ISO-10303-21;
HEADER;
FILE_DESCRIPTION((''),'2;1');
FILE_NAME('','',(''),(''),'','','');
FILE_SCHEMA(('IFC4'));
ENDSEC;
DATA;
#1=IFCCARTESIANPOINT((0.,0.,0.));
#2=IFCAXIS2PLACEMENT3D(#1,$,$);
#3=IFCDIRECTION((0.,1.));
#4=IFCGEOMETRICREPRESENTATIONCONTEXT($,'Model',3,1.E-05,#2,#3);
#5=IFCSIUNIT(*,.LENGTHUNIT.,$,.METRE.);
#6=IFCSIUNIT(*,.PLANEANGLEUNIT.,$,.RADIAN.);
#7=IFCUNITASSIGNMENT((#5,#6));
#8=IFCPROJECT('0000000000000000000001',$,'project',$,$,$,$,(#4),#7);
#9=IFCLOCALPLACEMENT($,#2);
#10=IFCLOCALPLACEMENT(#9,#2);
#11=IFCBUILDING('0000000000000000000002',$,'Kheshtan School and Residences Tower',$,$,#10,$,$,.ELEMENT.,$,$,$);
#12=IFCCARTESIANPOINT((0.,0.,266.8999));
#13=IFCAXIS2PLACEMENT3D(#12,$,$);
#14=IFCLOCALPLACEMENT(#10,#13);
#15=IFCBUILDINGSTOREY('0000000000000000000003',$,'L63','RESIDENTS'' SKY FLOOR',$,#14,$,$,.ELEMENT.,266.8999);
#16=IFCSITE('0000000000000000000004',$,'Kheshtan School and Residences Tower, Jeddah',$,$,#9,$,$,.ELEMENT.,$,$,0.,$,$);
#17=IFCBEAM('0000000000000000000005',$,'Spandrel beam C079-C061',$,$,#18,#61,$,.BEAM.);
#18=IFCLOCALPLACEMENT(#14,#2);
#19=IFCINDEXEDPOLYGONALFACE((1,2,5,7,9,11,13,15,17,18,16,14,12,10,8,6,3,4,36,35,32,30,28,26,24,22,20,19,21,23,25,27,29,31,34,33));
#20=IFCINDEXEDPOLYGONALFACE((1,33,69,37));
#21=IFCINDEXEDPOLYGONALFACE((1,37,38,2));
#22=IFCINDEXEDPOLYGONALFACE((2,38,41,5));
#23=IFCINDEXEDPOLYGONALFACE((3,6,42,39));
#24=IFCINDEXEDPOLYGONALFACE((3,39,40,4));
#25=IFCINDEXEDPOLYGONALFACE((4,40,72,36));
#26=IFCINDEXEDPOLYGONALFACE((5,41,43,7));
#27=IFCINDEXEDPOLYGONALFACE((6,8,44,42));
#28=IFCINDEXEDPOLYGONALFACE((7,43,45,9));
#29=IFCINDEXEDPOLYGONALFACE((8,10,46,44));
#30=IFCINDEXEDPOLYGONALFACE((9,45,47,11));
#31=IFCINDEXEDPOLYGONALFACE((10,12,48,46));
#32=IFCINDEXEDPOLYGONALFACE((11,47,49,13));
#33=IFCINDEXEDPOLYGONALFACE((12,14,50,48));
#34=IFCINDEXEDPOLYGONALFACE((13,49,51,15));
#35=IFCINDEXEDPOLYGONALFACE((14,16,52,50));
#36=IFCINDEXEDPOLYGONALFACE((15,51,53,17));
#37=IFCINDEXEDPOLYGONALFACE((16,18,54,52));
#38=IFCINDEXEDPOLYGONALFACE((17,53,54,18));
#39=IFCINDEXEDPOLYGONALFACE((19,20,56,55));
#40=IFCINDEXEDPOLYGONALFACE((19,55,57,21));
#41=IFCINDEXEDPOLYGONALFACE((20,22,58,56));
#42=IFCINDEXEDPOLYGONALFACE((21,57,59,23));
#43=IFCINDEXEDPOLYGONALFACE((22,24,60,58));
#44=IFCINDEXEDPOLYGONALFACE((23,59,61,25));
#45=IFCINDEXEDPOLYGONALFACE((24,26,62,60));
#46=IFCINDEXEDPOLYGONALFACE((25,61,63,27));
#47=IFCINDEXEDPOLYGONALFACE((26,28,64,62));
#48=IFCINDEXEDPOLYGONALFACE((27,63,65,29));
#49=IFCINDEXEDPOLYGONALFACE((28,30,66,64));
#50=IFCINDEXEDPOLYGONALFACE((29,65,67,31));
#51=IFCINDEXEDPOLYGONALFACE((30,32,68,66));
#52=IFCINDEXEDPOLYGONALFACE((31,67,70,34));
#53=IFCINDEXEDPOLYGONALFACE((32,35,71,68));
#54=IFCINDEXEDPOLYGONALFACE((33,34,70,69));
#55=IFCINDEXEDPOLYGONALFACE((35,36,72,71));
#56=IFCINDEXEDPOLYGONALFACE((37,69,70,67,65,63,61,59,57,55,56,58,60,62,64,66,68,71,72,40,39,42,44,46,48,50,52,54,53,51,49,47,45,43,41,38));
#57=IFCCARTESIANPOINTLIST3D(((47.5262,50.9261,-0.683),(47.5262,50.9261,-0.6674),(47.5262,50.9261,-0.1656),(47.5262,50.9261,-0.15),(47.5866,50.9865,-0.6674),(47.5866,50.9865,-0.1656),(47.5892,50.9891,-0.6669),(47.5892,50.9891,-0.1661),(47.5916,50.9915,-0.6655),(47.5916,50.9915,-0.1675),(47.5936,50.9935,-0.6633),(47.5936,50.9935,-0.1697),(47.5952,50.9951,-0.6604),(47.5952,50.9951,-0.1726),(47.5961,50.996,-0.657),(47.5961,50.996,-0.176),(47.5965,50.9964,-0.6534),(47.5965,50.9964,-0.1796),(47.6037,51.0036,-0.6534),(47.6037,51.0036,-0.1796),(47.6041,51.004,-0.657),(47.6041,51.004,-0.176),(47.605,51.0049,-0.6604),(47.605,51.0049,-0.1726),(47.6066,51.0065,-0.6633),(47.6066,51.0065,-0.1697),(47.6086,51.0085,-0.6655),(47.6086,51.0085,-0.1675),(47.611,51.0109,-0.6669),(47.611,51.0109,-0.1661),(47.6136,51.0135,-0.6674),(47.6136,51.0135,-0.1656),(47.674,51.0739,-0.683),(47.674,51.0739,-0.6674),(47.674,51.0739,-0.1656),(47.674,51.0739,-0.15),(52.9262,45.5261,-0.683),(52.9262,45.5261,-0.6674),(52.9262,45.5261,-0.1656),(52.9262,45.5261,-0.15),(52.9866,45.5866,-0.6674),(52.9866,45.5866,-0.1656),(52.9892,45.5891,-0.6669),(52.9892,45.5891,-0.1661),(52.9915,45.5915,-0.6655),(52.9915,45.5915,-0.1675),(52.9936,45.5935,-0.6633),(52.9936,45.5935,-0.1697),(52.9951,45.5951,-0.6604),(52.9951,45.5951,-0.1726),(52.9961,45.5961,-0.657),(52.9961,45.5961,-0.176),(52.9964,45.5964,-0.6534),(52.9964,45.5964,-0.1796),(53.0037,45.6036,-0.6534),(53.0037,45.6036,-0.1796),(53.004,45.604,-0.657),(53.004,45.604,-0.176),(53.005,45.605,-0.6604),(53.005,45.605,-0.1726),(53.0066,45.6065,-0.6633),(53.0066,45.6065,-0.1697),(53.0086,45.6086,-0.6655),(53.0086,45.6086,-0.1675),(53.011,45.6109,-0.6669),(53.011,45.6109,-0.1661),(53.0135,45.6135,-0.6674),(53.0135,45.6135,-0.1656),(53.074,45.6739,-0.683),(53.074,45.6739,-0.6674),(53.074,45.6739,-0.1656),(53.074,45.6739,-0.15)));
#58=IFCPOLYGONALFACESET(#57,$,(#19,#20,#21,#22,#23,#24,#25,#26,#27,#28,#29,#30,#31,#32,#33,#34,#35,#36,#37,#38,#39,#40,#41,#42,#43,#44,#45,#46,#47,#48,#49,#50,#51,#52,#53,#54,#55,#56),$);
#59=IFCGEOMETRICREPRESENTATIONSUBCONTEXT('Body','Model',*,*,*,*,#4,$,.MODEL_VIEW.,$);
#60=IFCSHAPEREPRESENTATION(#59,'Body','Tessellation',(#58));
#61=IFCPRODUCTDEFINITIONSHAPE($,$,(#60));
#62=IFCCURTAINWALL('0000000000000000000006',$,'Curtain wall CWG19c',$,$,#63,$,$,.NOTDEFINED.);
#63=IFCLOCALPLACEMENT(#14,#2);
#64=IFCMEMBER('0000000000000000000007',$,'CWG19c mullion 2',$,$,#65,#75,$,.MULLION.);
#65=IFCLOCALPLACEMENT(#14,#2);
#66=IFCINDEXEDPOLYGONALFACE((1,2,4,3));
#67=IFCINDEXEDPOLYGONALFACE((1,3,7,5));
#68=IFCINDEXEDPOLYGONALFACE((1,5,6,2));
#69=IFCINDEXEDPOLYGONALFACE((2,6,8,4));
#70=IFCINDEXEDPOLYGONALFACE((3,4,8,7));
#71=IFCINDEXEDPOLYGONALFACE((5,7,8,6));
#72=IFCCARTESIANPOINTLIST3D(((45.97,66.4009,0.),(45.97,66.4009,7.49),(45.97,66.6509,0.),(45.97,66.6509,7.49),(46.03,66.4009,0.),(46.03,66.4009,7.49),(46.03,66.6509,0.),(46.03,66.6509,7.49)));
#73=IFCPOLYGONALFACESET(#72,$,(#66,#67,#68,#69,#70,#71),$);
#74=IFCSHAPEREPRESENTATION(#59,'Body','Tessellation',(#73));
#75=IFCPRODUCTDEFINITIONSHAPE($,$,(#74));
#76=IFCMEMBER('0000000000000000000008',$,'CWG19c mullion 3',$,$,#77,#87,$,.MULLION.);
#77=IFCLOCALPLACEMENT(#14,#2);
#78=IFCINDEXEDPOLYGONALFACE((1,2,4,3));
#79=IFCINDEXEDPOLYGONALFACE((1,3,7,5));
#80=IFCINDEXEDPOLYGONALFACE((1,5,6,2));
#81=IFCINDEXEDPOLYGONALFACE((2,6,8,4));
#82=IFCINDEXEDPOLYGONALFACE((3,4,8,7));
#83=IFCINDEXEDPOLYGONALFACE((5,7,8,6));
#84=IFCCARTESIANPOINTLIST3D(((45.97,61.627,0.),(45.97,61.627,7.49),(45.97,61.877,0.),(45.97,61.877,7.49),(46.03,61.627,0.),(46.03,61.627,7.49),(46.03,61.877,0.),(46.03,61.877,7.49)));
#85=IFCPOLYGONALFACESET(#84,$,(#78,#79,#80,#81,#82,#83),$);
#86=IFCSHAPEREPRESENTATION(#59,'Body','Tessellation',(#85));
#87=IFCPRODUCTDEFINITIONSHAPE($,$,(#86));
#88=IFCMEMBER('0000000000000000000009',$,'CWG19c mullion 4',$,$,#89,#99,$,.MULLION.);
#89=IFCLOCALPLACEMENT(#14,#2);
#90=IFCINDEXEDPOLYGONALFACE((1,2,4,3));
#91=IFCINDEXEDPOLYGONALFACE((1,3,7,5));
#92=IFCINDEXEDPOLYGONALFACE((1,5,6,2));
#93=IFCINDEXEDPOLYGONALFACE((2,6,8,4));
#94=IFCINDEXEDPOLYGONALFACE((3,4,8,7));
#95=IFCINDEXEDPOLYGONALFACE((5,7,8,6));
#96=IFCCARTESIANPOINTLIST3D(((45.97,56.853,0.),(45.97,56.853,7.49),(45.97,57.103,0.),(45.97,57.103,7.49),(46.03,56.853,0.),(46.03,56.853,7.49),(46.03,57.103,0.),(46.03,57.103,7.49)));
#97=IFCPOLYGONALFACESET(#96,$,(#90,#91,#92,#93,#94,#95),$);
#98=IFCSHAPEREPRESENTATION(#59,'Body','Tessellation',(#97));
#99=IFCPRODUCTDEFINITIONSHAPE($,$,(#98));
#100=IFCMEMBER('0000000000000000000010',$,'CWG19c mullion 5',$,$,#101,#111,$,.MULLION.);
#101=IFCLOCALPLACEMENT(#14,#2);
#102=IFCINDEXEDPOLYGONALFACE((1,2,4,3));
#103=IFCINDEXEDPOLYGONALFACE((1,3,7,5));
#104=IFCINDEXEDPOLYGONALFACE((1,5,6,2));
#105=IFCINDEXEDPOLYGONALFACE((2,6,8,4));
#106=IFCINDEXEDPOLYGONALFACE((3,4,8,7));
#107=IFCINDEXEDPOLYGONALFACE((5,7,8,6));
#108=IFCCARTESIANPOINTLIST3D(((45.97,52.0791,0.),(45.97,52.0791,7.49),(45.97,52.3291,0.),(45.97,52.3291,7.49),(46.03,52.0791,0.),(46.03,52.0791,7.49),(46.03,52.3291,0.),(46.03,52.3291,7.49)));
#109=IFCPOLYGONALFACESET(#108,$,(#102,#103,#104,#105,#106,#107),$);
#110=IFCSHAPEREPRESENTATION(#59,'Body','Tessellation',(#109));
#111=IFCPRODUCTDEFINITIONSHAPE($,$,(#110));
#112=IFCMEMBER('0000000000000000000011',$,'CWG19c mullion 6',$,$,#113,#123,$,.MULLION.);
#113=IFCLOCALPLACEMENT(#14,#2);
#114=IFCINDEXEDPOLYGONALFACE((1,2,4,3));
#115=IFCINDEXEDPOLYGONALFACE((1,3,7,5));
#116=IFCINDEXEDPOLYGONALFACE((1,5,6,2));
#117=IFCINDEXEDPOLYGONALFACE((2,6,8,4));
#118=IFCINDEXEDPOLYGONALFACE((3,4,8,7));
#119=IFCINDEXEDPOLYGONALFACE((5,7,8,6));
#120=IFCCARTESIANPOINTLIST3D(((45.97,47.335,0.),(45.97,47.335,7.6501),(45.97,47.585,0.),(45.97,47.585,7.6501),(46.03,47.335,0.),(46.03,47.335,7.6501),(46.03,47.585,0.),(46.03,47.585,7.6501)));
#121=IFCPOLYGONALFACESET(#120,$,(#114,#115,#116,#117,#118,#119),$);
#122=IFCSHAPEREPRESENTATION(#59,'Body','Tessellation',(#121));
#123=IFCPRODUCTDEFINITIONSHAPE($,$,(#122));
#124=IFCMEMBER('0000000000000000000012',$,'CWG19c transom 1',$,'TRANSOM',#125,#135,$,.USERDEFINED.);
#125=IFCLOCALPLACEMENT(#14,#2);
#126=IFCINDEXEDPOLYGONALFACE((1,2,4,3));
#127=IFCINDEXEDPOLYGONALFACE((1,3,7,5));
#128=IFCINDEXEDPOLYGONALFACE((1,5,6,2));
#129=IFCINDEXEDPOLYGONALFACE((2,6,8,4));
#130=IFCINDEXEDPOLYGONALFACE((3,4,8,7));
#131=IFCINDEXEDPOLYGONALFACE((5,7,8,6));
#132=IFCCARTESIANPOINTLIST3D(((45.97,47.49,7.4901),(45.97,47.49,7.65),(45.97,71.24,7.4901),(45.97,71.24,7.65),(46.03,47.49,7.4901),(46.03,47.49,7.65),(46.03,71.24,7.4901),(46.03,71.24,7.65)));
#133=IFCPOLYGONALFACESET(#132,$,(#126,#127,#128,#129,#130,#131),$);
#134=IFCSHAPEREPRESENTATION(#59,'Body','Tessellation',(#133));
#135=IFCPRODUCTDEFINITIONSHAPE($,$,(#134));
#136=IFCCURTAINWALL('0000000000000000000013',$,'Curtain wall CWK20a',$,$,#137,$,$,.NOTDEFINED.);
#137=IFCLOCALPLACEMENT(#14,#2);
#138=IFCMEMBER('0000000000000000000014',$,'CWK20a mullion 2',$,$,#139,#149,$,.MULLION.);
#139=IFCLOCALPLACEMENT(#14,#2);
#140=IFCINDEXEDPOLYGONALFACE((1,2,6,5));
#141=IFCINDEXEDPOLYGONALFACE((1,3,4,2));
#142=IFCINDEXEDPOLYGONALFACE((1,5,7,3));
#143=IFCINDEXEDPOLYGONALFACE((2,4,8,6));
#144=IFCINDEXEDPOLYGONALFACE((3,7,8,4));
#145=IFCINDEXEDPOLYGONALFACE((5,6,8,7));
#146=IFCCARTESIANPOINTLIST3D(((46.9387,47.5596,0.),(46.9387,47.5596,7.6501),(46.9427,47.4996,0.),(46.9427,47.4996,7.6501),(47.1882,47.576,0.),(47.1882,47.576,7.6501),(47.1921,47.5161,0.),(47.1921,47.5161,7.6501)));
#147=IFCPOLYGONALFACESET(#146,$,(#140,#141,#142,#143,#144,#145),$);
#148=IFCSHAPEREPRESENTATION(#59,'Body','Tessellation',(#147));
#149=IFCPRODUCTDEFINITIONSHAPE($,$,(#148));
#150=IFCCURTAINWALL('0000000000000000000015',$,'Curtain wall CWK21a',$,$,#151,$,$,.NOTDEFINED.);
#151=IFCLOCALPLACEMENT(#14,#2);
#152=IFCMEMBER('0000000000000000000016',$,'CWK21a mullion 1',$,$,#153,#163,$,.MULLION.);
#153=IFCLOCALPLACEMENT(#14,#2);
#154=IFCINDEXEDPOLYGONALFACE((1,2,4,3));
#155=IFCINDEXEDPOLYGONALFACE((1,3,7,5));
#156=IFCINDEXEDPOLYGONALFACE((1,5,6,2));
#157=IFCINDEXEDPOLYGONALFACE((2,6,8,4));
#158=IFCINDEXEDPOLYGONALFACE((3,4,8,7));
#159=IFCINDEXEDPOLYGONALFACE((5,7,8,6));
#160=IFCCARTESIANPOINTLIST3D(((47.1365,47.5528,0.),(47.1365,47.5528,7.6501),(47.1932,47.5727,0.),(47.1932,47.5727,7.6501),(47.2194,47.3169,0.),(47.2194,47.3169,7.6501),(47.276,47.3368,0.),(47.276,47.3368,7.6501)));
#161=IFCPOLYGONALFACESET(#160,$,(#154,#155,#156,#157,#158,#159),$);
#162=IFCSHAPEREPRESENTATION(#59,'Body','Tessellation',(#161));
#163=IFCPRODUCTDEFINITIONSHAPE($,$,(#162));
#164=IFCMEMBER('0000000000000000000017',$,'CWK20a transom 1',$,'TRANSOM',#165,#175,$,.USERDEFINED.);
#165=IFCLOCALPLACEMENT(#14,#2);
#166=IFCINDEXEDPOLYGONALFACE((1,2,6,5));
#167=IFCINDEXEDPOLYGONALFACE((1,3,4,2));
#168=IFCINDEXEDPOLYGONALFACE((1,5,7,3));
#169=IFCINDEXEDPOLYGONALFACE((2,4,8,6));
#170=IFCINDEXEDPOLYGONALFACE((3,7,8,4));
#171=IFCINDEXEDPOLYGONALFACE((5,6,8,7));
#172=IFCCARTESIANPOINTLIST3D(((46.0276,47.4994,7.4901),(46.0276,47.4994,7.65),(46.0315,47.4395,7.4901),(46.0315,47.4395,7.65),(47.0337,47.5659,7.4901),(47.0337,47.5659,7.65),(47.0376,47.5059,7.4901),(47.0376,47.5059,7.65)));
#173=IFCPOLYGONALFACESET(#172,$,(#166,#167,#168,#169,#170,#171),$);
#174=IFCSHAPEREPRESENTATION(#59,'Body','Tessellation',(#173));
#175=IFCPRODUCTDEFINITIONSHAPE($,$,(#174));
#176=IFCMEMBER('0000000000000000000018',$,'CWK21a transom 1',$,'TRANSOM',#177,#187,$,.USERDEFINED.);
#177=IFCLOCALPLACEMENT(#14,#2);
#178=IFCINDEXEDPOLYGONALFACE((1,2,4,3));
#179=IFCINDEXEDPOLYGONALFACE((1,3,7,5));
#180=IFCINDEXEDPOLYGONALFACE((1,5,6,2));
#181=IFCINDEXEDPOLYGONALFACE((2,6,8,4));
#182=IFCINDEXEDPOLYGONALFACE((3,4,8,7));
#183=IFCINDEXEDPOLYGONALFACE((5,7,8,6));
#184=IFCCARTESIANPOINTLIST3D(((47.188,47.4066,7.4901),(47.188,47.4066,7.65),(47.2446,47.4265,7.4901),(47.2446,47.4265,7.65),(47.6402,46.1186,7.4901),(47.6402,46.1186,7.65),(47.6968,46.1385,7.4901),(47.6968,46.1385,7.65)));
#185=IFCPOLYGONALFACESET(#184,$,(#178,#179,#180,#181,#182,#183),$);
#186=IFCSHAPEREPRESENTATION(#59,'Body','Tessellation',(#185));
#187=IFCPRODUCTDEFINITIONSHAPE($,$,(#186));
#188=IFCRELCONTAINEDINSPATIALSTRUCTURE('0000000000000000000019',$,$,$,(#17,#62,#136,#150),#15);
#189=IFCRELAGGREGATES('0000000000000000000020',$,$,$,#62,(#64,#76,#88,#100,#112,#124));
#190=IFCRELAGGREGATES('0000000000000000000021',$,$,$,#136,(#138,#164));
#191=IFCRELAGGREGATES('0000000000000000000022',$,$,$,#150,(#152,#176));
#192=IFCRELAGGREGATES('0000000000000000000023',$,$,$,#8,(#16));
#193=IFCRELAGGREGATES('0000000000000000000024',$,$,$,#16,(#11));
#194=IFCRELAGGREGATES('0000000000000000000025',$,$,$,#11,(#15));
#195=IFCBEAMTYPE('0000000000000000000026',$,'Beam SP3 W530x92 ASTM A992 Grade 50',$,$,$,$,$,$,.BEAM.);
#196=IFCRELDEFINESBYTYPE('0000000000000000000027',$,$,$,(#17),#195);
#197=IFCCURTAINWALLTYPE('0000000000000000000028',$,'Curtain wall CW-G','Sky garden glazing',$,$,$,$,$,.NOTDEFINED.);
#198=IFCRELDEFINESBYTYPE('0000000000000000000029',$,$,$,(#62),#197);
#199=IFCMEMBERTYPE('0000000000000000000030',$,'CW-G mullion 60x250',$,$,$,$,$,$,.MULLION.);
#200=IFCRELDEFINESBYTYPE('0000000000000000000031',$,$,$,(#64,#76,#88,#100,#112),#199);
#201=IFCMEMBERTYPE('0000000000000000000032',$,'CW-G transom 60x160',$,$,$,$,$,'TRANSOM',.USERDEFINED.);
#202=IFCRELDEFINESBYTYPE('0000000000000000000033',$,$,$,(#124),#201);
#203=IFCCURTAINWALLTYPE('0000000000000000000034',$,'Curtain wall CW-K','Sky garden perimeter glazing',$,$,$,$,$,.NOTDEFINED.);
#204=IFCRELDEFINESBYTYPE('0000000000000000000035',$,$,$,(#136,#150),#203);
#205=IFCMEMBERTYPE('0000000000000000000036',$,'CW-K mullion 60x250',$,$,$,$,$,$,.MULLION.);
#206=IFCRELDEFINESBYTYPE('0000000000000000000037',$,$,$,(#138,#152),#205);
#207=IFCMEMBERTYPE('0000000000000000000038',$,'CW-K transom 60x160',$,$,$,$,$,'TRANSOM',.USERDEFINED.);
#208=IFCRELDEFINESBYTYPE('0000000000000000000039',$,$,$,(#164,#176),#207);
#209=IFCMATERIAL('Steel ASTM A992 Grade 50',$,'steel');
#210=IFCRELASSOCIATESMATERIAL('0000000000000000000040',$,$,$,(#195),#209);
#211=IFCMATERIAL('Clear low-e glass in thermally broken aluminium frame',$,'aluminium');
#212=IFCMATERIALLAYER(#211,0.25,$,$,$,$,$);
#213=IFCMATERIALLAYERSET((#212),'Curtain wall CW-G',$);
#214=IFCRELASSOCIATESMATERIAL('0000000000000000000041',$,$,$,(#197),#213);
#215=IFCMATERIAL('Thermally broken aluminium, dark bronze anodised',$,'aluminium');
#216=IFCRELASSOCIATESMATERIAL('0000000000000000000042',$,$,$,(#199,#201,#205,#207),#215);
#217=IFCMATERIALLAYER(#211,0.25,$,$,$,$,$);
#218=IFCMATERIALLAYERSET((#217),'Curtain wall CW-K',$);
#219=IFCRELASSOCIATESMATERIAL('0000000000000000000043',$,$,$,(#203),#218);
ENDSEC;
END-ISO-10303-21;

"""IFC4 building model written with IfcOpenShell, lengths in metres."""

from ifc_helpers import new_model, si_unit, direction, frame, origin, origin_2d, place, context, subcontext, project, spatial, rectangle, i_section, extrude, material, layer, layer_set, material_profile, profile_set, type_object, element, aggregate, save


model = new_model("IFC4")

# Units and contexts
model_context = context("Model", 3, precision=1e-05, world=origin(), true_north=direction((0.0, 1.0)))
body_context = subcontext(model_context, "Body", "Model", "MODEL_VIEW")
ifc_project = project(units=[si_unit("LENGTHUNIT", "METRE"), si_unit("PLANEANGLEUNIT", "RADIAN")], contexts=[model_context])

# Site, building, storey
site_placement = place(None, origin())
site = spatial("IfcSite", under=ifc_project, at=site_placement, Name="Kheshtan School and Residences Tower, Jeddah", CompositionType="ELEMENT", RefElevation=0.0)
building_placement = place(site_placement, origin())
building = spatial("IfcBuilding", under=site, at=building_placement, Name="Kheshtan School and Residences Tower", CompositionType="ELEMENT")
storey_placement = place(building_placement, frame((0.0, 0.0, 266.8999)))
storey = spatial("IfcBuildingStorey", under=building, at=storey_placement, Name="L63", Description="RESIDENTS' SKY FLOOR", CompositionType="ELEMENT", Elevation=266.8999)

# Shared definitions
ifc_material_1 = material(Name="Steel ASTM A992 Grade 50", Category="steel")

# Beam
ifc_material_profile_1 = material_profile(ifc_material_1, i_section(OverallWidth=0.209, OverallDepth=0.533, WebThickness=0.0103, FlangeThickness=0.0156, FilletRadius=0.0139, at=origin_2d()), Name="W530x92")
ifc_profile_set_1 = profile_set([ifc_material_profile_1], Name="Steel ASTM A992 Grade 50")
beam_type_1 = type_object("IfcBeamType", Name="Beam SP3 W530x92 ASTM A992 Grade 50", PredefinedType="BEAM", material=ifc_profile_set_1)
beam_1_placement = place(storey_placement, frame((47.6001, 51.0, -0.4165), z_axis=(0.707107, -0.707107, 0.0), x_axis=(0.707107, 0.707107, 0.0)))
element("IfcBeam", 1, at=beam_1_placement, inside=storey, type_object=beam_type_1, Name="Spandrel beam C079-C061", PredefinedType="BEAM", context=body_context, shape_type="SweptSolid", body=[
    extrude(i_section(OverallWidth=0.209, OverallDepth=0.533, WebThickness=0.0103, FlangeThickness=0.0156, FilletRadius=0.0139, at=origin_2d()), origin(), (0.0, 0.0, 1.0), 7.6367),
])

# Curtain wall, members
ifc_material_2 = material(Name="Clear low-e glass in thermally broken aluminium frame", Category="aluminium")
ifc_layer_1 = layer(ifc_material_2, 0.25)
ifc_layer_set_1 = layer_set([ifc_layer_1], Name="Curtain wall CW-G")
curtain_wall_type_1 = type_object("IfcCurtainWallType", Name="Curtain wall CW-G", Description="Sky garden glazing", PredefinedType="NOTDEFINED", material=ifc_layer_set_1)
curtain_wall_1_placement = place(storey_placement, origin())
curtain_wall_1 = element("IfcCurtainWall", 2, at=curtain_wall_1_placement, inside=storey, type_object=curtain_wall_type_1, Name="Curtain wall CWG19c", PredefinedType="NOTDEFINED")
ifc_material_3 = material(Name="Thermally broken aluminium, dark bronze anodised", Category="aluminium")
ifc_material_profile_2 = material_profile(ifc_material_3, rectangle(XDim=0.0601, YDim=0.25, at=origin_2d()), Name="CW-G mullion 60x250")
ifc_profile_set_2 = profile_set([ifc_material_profile_2], Name="Thermally broken aluminium, dark bronze anodised")
member_type_1 = type_object("IfcMemberType", Name="CW-G mullion 60x250", PredefinedType="MULLION", material=ifc_profile_set_2)
member_1_placement = place(storey_placement, frame((46.0, 66.5259, 0.0), z_axis=(0.0, 0.0, 1.0), x_axis=(1.0, 0.0, 0.0)))
member_1 = element("IfcMember", 3, at=member_1_placement, type_object=member_type_1, Name="CWG19c mullion 2", PredefinedType="MULLION", context=body_context, shape_type="SweptSolid", body=[
    extrude(rectangle(XDim=0.0601, YDim=0.25, at=origin_2d()), origin(), (0.0, 0.0, 1.0), 7.49),
])
member_2_placement = place(storey_placement, frame((46.0, 61.752, 0.0), z_axis=(0.0, 0.0, 1.0), x_axis=(1.0, 0.0, 0.0)))
member_2 = element("IfcMember", 4, at=member_2_placement, type_object=member_type_1, Name="CWG19c mullion 3", PredefinedType="MULLION", context=body_context, shape_type="SweptSolid", body=[
    extrude(rectangle(XDim=0.0601, YDim=0.25, at=origin_2d()), origin(), (0.0, 0.0, 1.0), 7.49),
])
member_3_placement = place(storey_placement, frame((46.0, 56.978, 0.0), z_axis=(0.0, 0.0, 1.0), x_axis=(1.0, 0.0, 0.0)))
member_3 = element("IfcMember", 5, at=member_3_placement, type_object=member_type_1, Name="CWG19c mullion 4", PredefinedType="MULLION", context=body_context, shape_type="SweptSolid", body=[
    extrude(rectangle(XDim=0.0601, YDim=0.25, at=origin_2d()), origin(), (0.0, 0.0, 1.0), 7.49),
])
member_4_placement = place(storey_placement, frame((46.0, 52.2041, 0.0), z_axis=(0.0, 0.0, 1.0), x_axis=(1.0, 0.0, 0.0)))
member_4 = element("IfcMember", 6, at=member_4_placement, type_object=member_type_1, Name="CWG19c mullion 5", PredefinedType="MULLION", context=body_context, shape_type="SweptSolid", body=[
    extrude(rectangle(XDim=0.0601, YDim=0.25, at=origin_2d()), origin(), (0.0, 0.0, 1.0), 7.49),
])
member_5_placement = place(storey_placement, frame((46.0, 47.46, 0.0), z_axis=(0.0, 0.0, 1.0), x_axis=(1.0, 0.0, 0.0)))
member_5 = element("IfcMember", 7, at=member_5_placement, type_object=member_type_1, Name="CWG19c mullion 6", PredefinedType="MULLION", context=body_context, shape_type="SweptSolid", body=[
    extrude(rectangle(XDim=0.0601, YDim=0.25, at=origin_2d()), origin(), (0.0, 0.0, 1.0), 7.6501),
])
ifc_material_profile_3 = material_profile(ifc_material_3, rectangle(XDim=0.0601, YDim=0.1599, at=origin_2d()), Name="CW-G transom 60x160")
ifc_profile_set_3 = profile_set([ifc_material_profile_3], Name="Thermally broken aluminium, dark bronze anodised")
member_type_2 = type_object("IfcMemberType", Name="CW-G transom 60x160", ElementType="TRANSOM", PredefinedType="USERDEFINED", material=ifc_profile_set_3)
member_6_placement = place(storey_placement, frame((46.0, 71.24, 7.5701), z_axis=(0.0, -1.0, 0.0), x_axis=(1.0, 0.0, 0.0)))
member_6 = element("IfcMember", 8, at=member_6_placement, type_object=member_type_2, Name="CWG19c transom 1", ObjectType="TRANSOM", PredefinedType="USERDEFINED", context=body_context, shape_type="SweptSolid", body=[
    extrude(rectangle(XDim=0.0601, YDim=0.1599, at=origin_2d()), origin(), (0.0, 0.0, 1.0), 23.75),
])

# Curtain walls, members
ifc_layer_2 = layer(ifc_material_2, 0.25)
ifc_layer_set_2 = layer_set([ifc_layer_2], Name="Curtain wall CW-K")
curtain_wall_type_2 = type_object("IfcCurtainWallType", Name="Curtain wall CW-K", Description="Sky garden perimeter glazing", PredefinedType="NOTDEFINED", material=ifc_layer_set_2)
curtain_wall_2_placement = place(storey_placement, origin())
curtain_wall_2 = element("IfcCurtainWall", 9, at=curtain_wall_2_placement, inside=storey, type_object=curtain_wall_type_2, Name="Curtain wall CWK20a", PredefinedType="NOTDEFINED")
ifc_material_profile_4 = material_profile(ifc_material_3, rectangle(XDim=0.0601, YDim=0.25, at=origin_2d()), Name="CW-K mullion 60x250")
ifc_profile_set_4 = profile_set([ifc_material_profile_4], Name="Thermally broken aluminium, dark bronze anodised")
member_type_3 = type_object("IfcMemberType", Name="CW-K mullion 60x250", PredefinedType="MULLION", material=ifc_profile_set_4)
member_7_placement = place(storey_placement, frame((47.0654, 47.5378, 0.0), z_axis=(0.0, 0.0, 1.0), x_axis=(-0.065855, 0.997829, 0.0)))
member_7 = element("IfcMember", 10, at=member_7_placement, type_object=member_type_3, Name="CWK20a mullion 2", PredefinedType="MULLION", context=body_context, shape_type="SweptSolid", body=[
    extrude(rectangle(XDim=0.0601, YDim=0.25, at=origin_2d()), origin(), (0.0, 0.0, 1.0), 7.6501),
])
curtain_wall_3_placement = place(storey_placement, origin())
curtain_wall_3 = element("IfcCurtainWall", 11, at=curtain_wall_3_placement, inside=storey, type_object=curtain_wall_type_2, Name="Curtain wall CWK21a", PredefinedType="NOTDEFINED")
member_8_placement = place(storey_placement, frame((47.2063, 47.4448, 0.0), z_axis=(0.0, 0.0, 1.0), x_axis=(0.943511, 0.33134, 0.0)))
member_8 = element("IfcMember", 12, at=member_8_placement, type_object=member_type_3, Name="CWK21a mullion 1", PredefinedType="MULLION", context=body_context, shape_type="SweptSolid", body=[
    extrude(rectangle(XDim=0.0601, YDim=0.25, at=origin_2d()), origin(), (0.0, 0.0, 1.0), 7.6501),
])

# Members
ifc_material_profile_5 = material_profile(ifc_material_3, rectangle(XDim=0.0601, YDim=0.1599, at=origin_2d()), Name="CW-K transom 60x160")
ifc_profile_set_5 = profile_set([ifc_material_profile_5], Name="Thermally broken aluminium, dark bronze anodised")
member_type_4 = type_object("IfcMemberType", Name="CW-K transom 60x160", ElementType="TRANSOM", PredefinedType="USERDEFINED", material=ifc_profile_set_5)
member_9_placement = place(storey_placement, frame((46.0295, 47.4695, 7.5701), z_axis=(0.997829, 0.06586, 0.0), x_axis=(-0.06586, 0.997829, 0.0)))
member_9 = element("IfcMember", 13, at=member_9_placement, type_object=member_type_4, Name="CWK20a transom 1", ObjectType="TRANSOM", PredefinedType="USERDEFINED", context=body_context, shape_type="SweptSolid", body=[
    extrude(rectangle(XDim=0.0601, YDim=0.1599, at=origin_2d()), origin(), (0.0, 0.0, 1.0), 1.0083),
])
member_10_placement = place(storey_placement, frame((47.2163, 47.4165, 7.5701), z_axis=(0.331267, -0.943537, 0.0), x_axis=(0.943537, 0.331267, 0.0)))
member_10 = element("IfcMember", 14, at=member_10_placement, type_object=member_type_4, Name="CWK21a transom 1", ObjectType="TRANSOM", PredefinedType="USERDEFINED", context=body_context, shape_type="SweptSolid", body=[
    extrude(rectangle(XDim=0.0601, YDim=0.1599, at=origin_2d()), origin(), (0.0, 0.0, 1.0), 1.365),
])

aggregate(curtain_wall_1, [member_1, member_2, member_3, member_4, member_5, member_6])
aggregate(curtain_wall_2, [member_7, member_9])
aggregate(curtain_wall_3, [member_8, member_10])

save(model, "model.ifc")
